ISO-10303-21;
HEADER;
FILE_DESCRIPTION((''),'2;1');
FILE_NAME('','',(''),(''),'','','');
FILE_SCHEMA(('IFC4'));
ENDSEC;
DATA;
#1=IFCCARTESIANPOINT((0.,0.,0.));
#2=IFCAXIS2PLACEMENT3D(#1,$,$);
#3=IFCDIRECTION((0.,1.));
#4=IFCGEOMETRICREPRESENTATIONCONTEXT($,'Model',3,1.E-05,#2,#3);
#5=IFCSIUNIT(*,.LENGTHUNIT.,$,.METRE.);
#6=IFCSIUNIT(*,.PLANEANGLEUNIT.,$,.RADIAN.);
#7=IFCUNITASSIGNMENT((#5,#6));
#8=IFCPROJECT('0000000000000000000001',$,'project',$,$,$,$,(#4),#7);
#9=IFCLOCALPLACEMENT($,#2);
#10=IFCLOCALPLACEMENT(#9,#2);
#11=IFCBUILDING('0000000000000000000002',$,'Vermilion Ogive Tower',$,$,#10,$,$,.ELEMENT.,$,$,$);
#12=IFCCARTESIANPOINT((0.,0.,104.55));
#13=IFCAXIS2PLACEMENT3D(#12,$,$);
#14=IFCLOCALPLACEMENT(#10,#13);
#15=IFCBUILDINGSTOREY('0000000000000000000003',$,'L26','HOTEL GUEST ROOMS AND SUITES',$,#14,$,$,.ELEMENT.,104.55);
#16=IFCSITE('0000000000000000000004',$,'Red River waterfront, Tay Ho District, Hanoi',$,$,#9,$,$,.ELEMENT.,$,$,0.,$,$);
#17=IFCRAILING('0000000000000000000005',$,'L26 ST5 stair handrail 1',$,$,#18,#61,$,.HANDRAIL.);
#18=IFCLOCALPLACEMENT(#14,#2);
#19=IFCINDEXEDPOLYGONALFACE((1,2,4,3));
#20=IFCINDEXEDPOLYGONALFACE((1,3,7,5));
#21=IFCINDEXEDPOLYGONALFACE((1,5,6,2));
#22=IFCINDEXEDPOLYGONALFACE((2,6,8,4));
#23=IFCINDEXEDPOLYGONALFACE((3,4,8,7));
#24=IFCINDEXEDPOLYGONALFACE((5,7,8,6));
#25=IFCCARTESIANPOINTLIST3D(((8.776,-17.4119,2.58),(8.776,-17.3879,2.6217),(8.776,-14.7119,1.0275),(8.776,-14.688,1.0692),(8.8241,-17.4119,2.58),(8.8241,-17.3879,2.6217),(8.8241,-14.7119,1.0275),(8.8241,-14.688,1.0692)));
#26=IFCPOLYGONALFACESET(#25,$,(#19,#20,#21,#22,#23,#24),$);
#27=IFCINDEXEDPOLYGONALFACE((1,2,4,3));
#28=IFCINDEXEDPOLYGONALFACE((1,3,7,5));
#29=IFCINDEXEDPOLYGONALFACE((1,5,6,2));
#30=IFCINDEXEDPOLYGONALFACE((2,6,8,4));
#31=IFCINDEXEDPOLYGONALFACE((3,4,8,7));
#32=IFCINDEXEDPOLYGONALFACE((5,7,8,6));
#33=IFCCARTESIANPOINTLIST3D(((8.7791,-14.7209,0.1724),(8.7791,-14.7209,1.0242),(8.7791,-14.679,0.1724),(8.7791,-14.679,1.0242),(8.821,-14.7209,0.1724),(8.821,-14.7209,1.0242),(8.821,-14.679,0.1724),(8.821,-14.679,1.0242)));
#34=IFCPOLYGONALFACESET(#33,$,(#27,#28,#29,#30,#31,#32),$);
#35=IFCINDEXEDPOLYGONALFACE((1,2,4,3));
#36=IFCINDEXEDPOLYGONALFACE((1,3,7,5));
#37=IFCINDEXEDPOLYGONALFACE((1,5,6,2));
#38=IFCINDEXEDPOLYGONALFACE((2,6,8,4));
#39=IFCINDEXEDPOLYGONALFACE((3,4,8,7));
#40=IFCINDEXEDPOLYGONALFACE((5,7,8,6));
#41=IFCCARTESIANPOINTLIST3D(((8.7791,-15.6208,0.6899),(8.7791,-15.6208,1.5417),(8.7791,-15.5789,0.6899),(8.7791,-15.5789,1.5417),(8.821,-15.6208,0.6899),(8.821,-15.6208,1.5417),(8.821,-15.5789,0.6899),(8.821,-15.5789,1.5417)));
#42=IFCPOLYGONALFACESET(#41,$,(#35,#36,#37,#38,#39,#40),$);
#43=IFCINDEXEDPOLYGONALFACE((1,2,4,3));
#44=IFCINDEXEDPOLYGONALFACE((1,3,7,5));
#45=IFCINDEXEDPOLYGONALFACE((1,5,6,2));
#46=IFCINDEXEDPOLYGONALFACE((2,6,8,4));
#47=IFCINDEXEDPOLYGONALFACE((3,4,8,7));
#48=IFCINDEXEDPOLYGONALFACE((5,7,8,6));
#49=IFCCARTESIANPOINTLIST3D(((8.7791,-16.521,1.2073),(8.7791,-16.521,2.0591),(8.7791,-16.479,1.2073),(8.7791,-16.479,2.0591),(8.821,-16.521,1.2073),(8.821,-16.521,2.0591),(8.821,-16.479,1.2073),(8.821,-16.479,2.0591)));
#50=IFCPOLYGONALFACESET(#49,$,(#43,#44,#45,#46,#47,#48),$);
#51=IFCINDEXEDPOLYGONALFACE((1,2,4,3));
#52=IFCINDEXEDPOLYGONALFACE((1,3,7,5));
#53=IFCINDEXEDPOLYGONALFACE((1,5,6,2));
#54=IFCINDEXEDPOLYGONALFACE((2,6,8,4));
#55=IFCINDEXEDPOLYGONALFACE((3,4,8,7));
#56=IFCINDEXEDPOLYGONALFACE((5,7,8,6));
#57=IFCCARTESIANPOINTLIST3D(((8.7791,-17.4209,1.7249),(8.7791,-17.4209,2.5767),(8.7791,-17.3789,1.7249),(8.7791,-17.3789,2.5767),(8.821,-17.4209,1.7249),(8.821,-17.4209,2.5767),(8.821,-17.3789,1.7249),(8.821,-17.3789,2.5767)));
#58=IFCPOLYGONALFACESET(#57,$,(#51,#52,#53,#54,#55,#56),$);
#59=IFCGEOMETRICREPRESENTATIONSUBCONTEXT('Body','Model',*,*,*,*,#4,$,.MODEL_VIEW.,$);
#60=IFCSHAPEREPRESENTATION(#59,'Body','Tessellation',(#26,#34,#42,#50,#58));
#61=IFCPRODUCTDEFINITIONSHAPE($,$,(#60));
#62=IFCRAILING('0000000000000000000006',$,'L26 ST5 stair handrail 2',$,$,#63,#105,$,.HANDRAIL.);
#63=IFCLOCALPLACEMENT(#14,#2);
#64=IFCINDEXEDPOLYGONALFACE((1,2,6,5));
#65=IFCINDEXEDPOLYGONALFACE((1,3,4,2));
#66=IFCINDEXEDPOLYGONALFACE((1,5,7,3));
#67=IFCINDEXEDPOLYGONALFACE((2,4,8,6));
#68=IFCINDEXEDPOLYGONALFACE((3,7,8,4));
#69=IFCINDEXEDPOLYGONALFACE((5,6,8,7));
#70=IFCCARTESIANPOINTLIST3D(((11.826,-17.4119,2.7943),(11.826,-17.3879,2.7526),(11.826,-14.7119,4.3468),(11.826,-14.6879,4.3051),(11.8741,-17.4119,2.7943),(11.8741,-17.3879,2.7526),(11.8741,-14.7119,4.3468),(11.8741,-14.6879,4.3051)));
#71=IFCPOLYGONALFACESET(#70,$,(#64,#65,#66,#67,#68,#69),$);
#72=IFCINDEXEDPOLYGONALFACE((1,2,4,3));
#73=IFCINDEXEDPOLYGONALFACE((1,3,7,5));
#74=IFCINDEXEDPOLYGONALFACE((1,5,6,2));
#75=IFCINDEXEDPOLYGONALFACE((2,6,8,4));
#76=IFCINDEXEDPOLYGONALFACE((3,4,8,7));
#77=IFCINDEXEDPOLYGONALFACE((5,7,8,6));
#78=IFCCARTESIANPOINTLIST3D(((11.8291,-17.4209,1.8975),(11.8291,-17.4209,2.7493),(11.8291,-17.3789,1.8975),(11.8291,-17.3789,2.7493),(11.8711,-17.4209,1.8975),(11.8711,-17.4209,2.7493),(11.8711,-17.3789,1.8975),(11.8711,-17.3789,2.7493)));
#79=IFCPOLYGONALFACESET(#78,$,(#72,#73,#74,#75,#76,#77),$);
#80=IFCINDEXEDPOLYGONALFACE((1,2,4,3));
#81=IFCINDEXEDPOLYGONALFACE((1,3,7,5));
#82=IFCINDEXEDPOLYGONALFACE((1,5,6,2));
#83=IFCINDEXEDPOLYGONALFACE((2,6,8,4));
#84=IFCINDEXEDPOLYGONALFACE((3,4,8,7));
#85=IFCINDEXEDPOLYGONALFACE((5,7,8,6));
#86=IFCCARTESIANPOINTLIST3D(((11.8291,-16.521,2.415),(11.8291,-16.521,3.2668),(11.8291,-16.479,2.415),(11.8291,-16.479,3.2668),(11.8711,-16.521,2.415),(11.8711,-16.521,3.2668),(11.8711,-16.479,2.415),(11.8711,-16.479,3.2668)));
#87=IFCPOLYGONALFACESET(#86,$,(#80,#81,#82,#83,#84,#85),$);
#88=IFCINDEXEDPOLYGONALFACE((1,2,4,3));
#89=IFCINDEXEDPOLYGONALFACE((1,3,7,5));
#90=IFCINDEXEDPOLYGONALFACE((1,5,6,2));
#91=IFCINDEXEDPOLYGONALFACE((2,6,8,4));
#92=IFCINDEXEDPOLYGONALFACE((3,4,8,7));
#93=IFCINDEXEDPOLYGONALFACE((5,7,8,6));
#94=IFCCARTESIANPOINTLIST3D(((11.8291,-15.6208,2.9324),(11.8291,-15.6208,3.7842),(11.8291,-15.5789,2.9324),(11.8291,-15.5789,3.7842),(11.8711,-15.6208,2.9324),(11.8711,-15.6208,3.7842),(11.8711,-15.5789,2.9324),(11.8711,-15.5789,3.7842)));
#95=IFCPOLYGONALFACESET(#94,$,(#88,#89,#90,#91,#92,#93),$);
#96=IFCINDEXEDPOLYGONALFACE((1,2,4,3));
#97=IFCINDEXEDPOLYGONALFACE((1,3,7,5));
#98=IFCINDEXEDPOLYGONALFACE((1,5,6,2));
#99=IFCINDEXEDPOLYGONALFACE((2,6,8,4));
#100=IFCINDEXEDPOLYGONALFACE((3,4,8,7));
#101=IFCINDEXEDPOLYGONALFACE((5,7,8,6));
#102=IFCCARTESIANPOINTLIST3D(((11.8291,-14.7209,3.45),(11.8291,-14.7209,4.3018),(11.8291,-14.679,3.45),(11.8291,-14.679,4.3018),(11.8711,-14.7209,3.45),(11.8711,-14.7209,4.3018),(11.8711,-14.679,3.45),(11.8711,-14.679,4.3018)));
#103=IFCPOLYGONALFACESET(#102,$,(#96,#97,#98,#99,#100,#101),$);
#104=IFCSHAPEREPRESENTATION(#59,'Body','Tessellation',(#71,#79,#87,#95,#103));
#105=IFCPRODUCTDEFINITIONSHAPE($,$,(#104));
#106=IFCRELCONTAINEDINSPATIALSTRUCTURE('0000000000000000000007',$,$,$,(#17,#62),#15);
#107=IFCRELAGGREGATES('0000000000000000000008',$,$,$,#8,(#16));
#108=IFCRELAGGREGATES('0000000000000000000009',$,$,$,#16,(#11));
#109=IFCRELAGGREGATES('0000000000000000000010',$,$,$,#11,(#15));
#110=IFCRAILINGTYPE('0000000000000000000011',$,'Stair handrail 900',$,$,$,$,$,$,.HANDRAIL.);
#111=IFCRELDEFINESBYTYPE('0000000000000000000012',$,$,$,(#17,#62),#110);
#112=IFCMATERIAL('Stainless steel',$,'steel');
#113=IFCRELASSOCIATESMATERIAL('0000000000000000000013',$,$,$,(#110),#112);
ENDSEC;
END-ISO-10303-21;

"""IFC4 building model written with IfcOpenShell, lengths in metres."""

from ifc_helpers import new_model, si_unit, direction, frame, origin, origin_2d, place, context, subcontext, project, spatial, rectangle, extrude, material, type_object, element, save


model = new_model("IFC4")

# Units and contexts
model_context = context("Model", 3, precision=1e-05, world=origin(), true_north=direction((0.0, 1.0)))
body_context = subcontext(model_context, "Body", "Model", "MODEL_VIEW")
ifc_project = project(units=[si_unit("LENGTHUNIT", "METRE"), si_unit("PLANEANGLEUNIT", "RADIAN")], contexts=[model_context])

# Site, building, storey
site_placement = place(None, origin())
site = spatial("IfcSite", under=ifc_project, at=site_placement, Name="Red River waterfront, Tay Ho District, Hanoi", CompositionType="ELEMENT", RefElevation=0.0)
building_placement = place(site_placement, origin())
building = spatial("IfcBuilding", under=site, at=building_placement, Name="Vermilion Ogive Tower", CompositionType="ELEMENT")
storey_placement = place(building_placement, frame((0.0, 0.0, 104.55)))
storey = spatial("IfcBuildingStorey", under=building, at=storey_placement, Name="L26", Description="HOTEL GUEST ROOMS AND SUITES", CompositionType="ELEMENT", Elevation=104.55)

# Railings
ifc_material_1 = material(Name="Stainless steel", Category="steel")
railing_type_1 = type_object("IfcRailingType", Name="Stair handrail 900", PredefinedType="HANDRAIL", material=ifc_material_1)
railing_1_placement = place(storey_placement, frame((8.8, -14.7, 0.1724)))
element("IfcRailing", 1, at=railing_1_placement, inside=storey, type_object=railing_type_1, Name="L26 ST5 stair handrail 1", PredefinedType="HANDRAIL", context=body_context, shape_type="SweptSolid", body=[
    extrude(rectangle(XDim=0.0481, YDim=0.0481, at=origin_2d()), frame((0.0, 0.0, 0.876), z_axis=(0.0, -0.866904, 0.498476), x_axis=(1.0, 0.0, 0.0)), (0.0, 0.0, 1.0), 3.1145),
    extrude(rectangle(XDim=0.042, YDim=0.042, at=origin_2d()), origin(), (0.0, 0.0, 1.0), 0.8518),
    extrude(rectangle(XDim=0.042, YDim=0.042, at=origin_2d()), frame((0.0, -0.8999, 0.5176)), (0.0, 0.0, 1.0), 0.8518),
    extrude(rectangle(XDim=0.042, YDim=0.042, at=origin_2d()), frame((0.0, -1.8, 1.0349)), (0.0, 0.0, 1.0), 0.8518),
    extrude(rectangle(XDim=0.042, YDim=0.042, at=origin_2d()), frame((0.0, -2.7, 1.5525)), (0.0, 0.0, 1.0), 0.8518),
])
railing_2_placement = place(storey_placement, frame((11.8501, -17.3999, 1.8975)))
element("IfcRailing", 2, at=railing_2_placement, inside=storey, type_object=railing_type_1, Name="L26 ST5 stair handrail 2", PredefinedType="HANDRAIL", context=body_context, shape_type="SweptSolid", body=[
    extrude(rectangle(XDim=0.0481, YDim=0.0481, at=origin_2d()), frame((0.0, 0.0, 0.876), z_axis=(0.0, 0.866904, 0.498476), x_axis=(-1.0, 0.0, 0.0)), (0.0, 0.0, 1.0), 3.1145),
    extrude(rectangle(XDim=0.042, YDim=0.042, at=origin_2d()), origin(), (0.0, 0.0, 1.0), 0.8518),
    extrude(rectangle(XDim=0.042, YDim=0.042, at=origin_2d()), frame((0.0, 0.8999, 0.5176)), (0.0, 0.0, 1.0), 0.8518),
    extrude(rectangle(XDim=0.042, YDim=0.042, at=origin_2d()), frame((0.0, 1.8, 1.0349)), (0.0, 0.0, 1.0), 0.8518),
    extrude(rectangle(XDim=0.042, YDim=0.042, at=origin_2d()), frame((0.0, 2.7, 1.5525)), (0.0, 0.0, 1.0), 0.8518),
])

save(model, "model.ifc")
